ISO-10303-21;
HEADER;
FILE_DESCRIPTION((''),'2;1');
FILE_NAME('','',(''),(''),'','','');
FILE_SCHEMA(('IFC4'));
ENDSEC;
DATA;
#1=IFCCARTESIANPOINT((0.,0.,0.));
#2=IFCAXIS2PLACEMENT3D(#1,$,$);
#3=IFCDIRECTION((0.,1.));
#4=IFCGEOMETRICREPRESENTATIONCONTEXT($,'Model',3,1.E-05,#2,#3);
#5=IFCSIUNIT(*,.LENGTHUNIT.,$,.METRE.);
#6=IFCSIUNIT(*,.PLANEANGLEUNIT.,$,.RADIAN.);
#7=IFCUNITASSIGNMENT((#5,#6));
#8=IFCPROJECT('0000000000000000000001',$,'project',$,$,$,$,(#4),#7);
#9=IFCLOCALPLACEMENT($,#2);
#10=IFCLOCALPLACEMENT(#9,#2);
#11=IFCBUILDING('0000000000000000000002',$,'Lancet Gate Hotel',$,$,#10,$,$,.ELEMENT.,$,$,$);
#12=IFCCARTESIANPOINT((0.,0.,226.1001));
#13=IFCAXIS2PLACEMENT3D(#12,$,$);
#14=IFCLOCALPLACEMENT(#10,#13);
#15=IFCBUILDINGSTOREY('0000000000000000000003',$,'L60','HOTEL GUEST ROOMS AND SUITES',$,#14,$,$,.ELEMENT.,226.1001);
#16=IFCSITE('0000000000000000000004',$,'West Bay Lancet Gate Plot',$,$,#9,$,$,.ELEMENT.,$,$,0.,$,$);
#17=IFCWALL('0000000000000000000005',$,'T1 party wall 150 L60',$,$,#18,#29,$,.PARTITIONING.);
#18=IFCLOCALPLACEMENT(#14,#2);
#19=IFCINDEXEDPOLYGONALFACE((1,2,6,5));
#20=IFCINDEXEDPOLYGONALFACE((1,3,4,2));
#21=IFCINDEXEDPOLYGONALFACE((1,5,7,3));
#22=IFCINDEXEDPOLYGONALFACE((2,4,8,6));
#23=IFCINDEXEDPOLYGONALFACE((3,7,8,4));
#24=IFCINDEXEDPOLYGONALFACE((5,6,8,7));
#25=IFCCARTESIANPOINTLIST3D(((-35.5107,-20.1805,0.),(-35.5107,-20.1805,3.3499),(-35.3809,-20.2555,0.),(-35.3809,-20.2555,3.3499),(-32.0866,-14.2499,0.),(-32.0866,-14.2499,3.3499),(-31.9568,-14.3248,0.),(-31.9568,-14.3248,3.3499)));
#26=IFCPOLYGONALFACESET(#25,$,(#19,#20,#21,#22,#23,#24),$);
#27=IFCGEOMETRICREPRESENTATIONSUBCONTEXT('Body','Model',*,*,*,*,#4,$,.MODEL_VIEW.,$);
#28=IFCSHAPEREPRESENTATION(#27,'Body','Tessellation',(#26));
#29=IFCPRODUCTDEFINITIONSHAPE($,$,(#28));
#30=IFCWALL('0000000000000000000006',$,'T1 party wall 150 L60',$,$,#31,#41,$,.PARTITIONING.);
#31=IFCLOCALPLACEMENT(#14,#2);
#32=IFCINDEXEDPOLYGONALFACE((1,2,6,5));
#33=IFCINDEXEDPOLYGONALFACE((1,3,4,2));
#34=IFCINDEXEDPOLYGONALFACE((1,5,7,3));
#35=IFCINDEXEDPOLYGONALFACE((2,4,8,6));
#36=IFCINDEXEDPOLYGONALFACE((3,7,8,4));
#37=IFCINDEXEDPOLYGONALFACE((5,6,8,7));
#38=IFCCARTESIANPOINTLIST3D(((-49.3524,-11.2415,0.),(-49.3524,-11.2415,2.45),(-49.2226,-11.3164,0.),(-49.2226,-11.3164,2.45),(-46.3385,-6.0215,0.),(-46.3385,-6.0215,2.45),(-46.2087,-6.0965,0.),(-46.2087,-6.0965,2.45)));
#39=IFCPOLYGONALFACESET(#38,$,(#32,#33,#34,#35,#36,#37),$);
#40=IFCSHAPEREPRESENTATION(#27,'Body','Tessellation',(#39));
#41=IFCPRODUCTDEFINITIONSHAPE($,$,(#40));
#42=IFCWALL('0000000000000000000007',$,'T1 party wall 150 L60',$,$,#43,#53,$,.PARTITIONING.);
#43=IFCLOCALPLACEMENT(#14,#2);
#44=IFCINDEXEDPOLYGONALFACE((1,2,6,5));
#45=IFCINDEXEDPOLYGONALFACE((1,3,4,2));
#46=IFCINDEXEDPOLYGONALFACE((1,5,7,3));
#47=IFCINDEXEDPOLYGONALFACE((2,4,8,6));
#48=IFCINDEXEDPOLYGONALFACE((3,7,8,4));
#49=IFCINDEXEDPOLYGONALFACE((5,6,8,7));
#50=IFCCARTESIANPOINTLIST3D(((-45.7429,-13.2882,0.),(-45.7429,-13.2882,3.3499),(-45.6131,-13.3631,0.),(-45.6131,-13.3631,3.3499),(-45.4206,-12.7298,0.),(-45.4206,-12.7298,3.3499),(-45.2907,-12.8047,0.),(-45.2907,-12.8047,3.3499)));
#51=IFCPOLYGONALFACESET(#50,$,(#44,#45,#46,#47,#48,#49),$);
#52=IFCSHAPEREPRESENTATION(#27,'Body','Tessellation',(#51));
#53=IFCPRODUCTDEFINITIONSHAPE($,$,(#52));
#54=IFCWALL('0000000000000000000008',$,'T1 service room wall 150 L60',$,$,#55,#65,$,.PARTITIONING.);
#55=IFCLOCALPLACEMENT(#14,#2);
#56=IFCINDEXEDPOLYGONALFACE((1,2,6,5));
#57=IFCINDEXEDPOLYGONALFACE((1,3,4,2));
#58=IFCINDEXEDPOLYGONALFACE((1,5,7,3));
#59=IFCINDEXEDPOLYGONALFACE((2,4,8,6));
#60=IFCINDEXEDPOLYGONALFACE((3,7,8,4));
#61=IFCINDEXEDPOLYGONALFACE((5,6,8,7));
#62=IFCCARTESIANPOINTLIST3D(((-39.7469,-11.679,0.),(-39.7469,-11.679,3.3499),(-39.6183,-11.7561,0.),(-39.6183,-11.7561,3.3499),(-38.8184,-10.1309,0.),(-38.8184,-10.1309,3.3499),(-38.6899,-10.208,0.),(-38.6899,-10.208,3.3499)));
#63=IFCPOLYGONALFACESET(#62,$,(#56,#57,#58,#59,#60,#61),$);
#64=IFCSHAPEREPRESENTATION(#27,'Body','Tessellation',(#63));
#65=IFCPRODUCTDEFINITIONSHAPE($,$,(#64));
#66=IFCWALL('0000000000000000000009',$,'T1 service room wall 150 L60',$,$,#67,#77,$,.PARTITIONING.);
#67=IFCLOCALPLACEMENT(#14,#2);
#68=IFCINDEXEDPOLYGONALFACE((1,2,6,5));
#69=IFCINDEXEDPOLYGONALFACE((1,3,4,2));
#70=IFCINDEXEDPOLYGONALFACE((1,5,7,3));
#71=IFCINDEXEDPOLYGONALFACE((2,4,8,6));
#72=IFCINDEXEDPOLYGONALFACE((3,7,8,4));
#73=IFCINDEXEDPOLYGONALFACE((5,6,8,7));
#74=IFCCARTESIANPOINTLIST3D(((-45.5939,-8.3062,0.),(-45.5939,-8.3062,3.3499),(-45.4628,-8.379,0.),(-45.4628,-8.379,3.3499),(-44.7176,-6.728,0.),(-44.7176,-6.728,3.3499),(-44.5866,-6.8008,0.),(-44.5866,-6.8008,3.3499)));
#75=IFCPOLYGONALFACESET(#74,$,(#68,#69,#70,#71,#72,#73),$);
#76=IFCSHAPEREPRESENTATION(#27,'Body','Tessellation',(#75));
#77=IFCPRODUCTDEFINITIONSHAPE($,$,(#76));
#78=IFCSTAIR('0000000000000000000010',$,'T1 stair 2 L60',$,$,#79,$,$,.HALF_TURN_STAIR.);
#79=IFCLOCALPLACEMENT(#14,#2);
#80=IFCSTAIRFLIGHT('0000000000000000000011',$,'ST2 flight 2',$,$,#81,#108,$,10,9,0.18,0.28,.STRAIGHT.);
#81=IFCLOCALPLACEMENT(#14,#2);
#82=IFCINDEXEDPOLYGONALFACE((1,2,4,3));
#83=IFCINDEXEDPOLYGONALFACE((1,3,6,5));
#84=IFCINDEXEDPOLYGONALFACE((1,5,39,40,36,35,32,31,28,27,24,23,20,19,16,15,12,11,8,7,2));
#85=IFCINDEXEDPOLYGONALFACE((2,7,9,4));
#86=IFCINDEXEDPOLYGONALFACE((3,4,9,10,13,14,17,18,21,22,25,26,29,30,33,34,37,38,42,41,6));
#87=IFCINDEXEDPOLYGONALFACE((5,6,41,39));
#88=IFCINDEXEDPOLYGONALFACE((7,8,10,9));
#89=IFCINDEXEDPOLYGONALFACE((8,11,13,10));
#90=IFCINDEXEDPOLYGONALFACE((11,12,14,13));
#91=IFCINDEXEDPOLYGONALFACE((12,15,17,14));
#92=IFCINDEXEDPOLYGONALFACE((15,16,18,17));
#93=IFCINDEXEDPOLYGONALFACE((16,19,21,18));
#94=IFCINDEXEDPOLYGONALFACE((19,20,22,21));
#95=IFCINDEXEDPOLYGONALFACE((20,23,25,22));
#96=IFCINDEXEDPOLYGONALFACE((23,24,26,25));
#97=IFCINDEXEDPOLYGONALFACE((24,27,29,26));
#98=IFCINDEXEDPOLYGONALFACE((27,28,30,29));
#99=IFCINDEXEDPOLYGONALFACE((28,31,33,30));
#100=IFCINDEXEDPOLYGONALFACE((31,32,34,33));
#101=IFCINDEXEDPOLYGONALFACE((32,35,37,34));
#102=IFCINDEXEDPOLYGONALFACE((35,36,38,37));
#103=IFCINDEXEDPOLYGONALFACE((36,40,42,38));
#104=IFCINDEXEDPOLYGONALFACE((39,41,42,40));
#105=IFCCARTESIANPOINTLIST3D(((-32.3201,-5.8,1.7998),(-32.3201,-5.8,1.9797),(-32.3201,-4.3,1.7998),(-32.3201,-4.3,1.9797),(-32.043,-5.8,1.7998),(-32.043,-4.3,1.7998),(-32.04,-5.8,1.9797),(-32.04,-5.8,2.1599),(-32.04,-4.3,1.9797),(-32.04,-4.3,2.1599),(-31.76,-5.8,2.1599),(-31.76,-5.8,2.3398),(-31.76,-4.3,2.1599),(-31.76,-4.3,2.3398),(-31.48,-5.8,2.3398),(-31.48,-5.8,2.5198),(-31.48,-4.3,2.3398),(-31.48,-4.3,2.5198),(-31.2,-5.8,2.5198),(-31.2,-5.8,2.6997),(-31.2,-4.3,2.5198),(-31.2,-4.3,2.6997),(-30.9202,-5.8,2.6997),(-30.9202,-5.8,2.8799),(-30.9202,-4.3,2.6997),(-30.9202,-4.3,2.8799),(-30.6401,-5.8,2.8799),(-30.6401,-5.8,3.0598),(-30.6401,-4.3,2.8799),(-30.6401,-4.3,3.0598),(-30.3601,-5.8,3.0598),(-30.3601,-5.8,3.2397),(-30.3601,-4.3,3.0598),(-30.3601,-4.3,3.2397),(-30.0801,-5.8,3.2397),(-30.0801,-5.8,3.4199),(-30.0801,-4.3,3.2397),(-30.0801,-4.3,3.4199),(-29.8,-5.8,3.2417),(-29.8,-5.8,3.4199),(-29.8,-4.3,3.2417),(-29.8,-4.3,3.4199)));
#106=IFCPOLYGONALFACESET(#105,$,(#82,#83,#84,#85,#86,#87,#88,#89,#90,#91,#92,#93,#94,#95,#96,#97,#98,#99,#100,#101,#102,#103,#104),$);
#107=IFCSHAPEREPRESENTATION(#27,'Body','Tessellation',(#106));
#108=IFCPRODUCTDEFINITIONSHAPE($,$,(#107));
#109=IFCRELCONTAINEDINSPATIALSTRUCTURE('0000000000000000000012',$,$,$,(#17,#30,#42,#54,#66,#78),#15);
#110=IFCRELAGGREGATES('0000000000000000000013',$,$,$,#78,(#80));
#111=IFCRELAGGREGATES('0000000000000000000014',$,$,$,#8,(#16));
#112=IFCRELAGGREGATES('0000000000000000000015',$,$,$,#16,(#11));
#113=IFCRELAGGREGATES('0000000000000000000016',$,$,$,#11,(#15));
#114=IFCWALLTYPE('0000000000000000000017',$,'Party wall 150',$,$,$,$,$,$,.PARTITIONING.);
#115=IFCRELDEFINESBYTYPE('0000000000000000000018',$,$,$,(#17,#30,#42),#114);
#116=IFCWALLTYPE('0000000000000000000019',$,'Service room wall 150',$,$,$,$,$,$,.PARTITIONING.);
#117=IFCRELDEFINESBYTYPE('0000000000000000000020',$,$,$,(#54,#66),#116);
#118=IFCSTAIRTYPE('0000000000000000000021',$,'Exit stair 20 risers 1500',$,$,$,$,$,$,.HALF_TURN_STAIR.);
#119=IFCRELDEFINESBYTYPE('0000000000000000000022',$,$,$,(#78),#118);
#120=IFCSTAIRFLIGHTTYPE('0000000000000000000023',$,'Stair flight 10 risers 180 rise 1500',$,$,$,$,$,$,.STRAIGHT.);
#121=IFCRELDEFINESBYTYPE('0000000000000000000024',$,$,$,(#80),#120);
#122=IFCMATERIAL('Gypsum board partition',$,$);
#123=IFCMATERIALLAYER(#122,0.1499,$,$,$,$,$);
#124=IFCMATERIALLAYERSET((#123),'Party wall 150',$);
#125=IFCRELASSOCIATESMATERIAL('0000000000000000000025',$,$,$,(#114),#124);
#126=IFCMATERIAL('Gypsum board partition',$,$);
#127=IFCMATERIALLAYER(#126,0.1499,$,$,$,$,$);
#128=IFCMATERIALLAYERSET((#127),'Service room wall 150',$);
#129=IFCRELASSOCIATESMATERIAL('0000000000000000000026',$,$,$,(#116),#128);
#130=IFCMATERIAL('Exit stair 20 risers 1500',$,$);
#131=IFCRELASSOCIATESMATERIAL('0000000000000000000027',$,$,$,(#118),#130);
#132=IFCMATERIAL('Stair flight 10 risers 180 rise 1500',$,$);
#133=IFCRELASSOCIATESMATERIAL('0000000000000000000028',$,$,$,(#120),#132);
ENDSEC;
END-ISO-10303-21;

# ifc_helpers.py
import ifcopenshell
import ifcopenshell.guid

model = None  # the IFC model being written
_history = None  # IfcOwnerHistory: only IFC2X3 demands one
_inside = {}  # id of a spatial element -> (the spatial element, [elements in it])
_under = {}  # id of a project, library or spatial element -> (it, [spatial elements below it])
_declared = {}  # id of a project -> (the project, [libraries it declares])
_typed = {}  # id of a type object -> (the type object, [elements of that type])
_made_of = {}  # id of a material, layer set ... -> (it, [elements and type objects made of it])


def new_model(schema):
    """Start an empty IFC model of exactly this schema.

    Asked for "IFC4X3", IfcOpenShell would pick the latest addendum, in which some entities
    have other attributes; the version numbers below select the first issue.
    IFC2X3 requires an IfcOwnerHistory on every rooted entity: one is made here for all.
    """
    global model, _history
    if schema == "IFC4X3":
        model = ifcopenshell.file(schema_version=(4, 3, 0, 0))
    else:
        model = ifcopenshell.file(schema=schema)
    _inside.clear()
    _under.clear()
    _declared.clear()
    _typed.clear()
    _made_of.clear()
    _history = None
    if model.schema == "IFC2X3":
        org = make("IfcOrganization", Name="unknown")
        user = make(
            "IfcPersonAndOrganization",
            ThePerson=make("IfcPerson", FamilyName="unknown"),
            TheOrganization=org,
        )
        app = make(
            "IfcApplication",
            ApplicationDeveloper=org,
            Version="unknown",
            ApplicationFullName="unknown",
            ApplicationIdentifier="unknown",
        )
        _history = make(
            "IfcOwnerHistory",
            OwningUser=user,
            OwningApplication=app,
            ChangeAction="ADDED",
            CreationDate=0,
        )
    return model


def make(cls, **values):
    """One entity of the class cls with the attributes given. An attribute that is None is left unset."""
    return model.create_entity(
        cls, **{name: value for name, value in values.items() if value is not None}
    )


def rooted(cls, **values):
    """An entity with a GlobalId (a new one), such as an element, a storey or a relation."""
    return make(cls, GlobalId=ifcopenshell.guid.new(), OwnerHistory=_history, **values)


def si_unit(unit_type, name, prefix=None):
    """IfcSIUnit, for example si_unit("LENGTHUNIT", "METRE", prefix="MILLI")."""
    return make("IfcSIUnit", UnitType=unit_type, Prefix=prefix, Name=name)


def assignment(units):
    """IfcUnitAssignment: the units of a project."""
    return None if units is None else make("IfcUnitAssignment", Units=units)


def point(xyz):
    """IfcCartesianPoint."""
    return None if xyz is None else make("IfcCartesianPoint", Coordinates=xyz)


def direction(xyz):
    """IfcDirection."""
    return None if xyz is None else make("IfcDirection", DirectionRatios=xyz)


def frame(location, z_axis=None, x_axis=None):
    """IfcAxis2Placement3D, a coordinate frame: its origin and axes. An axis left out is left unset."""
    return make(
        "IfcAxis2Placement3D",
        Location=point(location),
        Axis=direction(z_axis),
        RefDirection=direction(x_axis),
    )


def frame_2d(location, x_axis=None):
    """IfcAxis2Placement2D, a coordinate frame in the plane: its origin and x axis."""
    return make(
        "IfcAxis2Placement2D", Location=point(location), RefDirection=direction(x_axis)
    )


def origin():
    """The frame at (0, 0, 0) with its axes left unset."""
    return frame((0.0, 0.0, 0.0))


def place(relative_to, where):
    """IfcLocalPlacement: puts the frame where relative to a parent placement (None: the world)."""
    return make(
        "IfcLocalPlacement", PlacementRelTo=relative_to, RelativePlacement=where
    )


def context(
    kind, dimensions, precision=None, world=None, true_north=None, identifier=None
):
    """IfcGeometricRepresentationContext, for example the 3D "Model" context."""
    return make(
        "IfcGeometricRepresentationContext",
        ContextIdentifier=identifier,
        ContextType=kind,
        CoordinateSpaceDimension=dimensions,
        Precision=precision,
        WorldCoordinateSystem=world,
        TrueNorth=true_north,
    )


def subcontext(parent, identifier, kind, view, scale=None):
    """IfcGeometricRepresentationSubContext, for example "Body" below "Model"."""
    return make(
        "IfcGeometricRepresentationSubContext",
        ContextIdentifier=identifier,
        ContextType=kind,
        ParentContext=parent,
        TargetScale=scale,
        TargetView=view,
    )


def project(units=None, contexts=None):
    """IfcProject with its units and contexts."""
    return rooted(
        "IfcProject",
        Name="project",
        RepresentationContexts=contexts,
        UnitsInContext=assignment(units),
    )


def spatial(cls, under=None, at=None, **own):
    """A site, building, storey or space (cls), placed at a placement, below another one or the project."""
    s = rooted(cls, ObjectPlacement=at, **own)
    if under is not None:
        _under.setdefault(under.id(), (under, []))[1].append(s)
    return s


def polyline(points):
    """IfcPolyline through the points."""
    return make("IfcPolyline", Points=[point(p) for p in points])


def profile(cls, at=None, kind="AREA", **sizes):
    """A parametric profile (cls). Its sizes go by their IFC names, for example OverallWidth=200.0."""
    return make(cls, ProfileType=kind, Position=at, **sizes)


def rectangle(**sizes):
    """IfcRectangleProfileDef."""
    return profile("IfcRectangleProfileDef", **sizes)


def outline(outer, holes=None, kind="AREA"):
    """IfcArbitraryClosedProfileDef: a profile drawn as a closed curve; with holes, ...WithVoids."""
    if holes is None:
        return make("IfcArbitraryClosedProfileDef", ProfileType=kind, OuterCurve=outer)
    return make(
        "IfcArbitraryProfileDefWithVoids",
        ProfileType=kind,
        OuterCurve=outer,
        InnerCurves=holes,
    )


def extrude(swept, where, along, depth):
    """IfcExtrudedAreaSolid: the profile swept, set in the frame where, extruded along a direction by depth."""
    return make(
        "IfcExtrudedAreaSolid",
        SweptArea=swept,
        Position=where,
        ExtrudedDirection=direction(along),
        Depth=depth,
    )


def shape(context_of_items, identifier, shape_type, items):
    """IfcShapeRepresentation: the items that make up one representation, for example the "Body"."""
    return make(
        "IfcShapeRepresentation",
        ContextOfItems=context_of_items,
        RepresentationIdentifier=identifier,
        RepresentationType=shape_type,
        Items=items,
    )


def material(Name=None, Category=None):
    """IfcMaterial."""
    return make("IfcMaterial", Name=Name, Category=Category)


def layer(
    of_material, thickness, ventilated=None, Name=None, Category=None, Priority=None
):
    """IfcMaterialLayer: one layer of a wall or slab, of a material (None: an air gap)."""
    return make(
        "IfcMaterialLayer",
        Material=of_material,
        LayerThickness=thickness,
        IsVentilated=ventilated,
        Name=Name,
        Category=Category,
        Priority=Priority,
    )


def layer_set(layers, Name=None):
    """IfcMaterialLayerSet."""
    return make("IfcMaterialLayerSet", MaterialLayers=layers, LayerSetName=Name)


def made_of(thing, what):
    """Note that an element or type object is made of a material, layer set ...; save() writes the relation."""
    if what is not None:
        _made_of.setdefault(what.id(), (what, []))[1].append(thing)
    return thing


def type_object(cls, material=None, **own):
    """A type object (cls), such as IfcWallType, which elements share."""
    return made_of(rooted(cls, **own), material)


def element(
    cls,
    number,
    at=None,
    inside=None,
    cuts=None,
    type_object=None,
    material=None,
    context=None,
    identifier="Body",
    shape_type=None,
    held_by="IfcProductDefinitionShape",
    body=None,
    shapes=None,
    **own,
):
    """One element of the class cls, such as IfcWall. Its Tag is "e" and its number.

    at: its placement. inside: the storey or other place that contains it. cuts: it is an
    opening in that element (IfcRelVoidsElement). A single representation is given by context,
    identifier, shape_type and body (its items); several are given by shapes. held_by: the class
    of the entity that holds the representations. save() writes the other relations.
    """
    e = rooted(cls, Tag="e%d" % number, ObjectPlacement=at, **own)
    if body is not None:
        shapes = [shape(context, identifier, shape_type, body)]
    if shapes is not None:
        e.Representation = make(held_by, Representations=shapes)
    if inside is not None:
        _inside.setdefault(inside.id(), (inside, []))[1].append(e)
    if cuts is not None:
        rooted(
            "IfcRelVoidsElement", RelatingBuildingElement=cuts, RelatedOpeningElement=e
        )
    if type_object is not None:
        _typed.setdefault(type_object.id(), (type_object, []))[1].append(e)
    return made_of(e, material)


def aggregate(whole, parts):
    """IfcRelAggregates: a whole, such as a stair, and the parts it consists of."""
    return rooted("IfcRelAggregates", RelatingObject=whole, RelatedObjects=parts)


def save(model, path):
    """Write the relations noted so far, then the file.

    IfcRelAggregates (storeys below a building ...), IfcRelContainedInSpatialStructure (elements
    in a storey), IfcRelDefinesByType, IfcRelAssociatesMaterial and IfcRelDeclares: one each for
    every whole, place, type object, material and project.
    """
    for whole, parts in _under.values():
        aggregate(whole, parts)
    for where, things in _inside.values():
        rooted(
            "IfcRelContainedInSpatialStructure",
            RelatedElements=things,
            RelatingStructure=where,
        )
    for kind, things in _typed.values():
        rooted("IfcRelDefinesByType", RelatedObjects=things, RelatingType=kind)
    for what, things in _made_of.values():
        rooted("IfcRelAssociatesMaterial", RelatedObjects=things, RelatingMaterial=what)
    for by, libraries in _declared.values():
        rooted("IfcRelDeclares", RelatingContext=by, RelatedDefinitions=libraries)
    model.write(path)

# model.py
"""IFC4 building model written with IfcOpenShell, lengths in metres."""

from ifc_helpers import new_model, si_unit, direction, frame, frame_2d, origin, place, context, subcontext, project, spatial, polyline, rectangle, outline, extrude, material, layer, layer_set, type_object, element, aggregate, save


model = new_model("IFC4")

# Units and contexts
model_context = context("Model", 3, precision=1e-05, world=origin(), true_north=direction((0.0, 1.0)))
body_context = subcontext(model_context, "Body", "Model", "MODEL_VIEW")
ifc_project = project(units=[si_unit("LENGTHUNIT", "METRE"), si_unit("PLANEANGLEUNIT", "RADIAN")], contexts=[model_context])

# Site, building, storey
site_placement = place(None, origin())
site = spatial("IfcSite", under=ifc_project, at=site_placement, Name="West Bay Lancet Gate Plot", CompositionType="ELEMENT", RefElevation=0.0)
building_placement = place(site_placement, origin())
building = spatial("IfcBuilding", under=site, at=building_placement, Name="Lancet Gate Hotel", CompositionType="ELEMENT")
storey_placement = place(building_placement, frame((0.0, 0.0, 226.1001)))
storey = spatial("IfcBuildingStorey", under=building, at=storey_placement, Name="L60", Description="HOTEL GUEST ROOMS AND SUITES", CompositionType="ELEMENT", Elevation=226.1001)

# Walls
ifc_material_1 = material(Name="Gypsum board partition")
ifc_layer_1 = layer(ifc_material_1, 0.1499)
ifc_layer_set_1 = layer_set([ifc_layer_1], Name="Party wall 150")
wall_type_1 = type_object("IfcWallType", Name="Party wall 150", PredefinedType="PARTITIONING", material=ifc_layer_set_1)
wall_1_placement = place(storey_placement, frame((-32.0217, -14.2874, 0.0), z_axis=(0.0, 0.0, 1.0), x_axis=(-0.5, -0.866025, 0.0)))
element("IfcWall", 1, at=wall_1_placement, inside=storey, type_object=wall_type_1, Name="T1 party wall 150 L60", PredefinedType="PARTITIONING", context=body_context, shape_type="SweptSolid", body=[
    extrude(rectangle(XDim=6.8481, YDim=0.1499, at=frame_2d((3.4241, 0.0))), origin(), (0.0, 0.0, 1.0), 3.3499),
])
wall_2_placement = place(storey_placement, frame((-46.2737, -6.0591, 0.0), z_axis=(0.0, 0.0, 1.0), x_axis=(-0.50002, -0.866014, 0.0)))
element("IfcWall", 2, at=wall_2_placement, inside=storey, type_object=wall_type_1, Name="T1 party wall 150 L60", PredefinedType="PARTITIONING", context=body_context, shape_type="SweptSolid", body=[
    extrude(rectangle(XDim=6.0276, YDim=0.1499, at=frame_2d((3.0137, 0.0))), origin(), (0.0, 0.0, 1.0), 2.45),
])
wall_3_placement = place(storey_placement, frame((-45.3557, -12.7673, 0.0), z_axis=(0.0, 0.0, 1.0), x_axis=(-0.499886, -0.866091, 0.0)))
element("IfcWall", 3, at=wall_3_placement, inside=storey, type_object=wall_type_1, Name="T1 party wall 150 L60", PredefinedType="PARTITIONING", context=body_context, shape_type="SweptSolid", body=[
    extrude(rectangle(XDim=0.6448, YDim=0.1499, at=frame_2d((0.3223, 0.0))), origin(), (0.0, 0.0, 1.0), 3.3499),
])
ifc_material_2 = material(Name="Gypsum board partition")
ifc_layer_2 = layer(ifc_material_2, 0.1499)
ifc_layer_set_2 = layer_set([ifc_layer_2], Name="Service room wall 150")
wall_type_2 = type_object("IfcWallType", Name="Service room wall 150", PredefinedType="PARTITIONING", material=ifc_layer_set_2)
for number, where, z_axis, x_axis, name in (
    (4, (-39.6826, -11.7175, 0.0), (0.0, 0.0, 1.0), (0.514337, 0.857588, 0.0), "T1 service room wall 150 L60"),
    (5, (-44.6521, -6.7644, 0.0), (0.0, 0.0, 1.0), (-0.485425, -0.874278, 0.0), "T1 service room wall 150 L60"),
):
    element("IfcWall", number, at=place(storey_placement, frame(where, z_axis=z_axis, x_axis=x_axis)), inside=storey, type_object=wall_type_2, Name=name, PredefinedType="PARTITIONING", context=body_context, shape_type="SweptSolid", body=[
        extrude(rectangle(XDim=1.8052, YDim=0.1499, at=frame_2d((0.9026, 0.0))), origin(), (0.0, 0.0, 1.0), 3.3499),
    ])

# Stair, stair flight
ifc_material_3 = material(Name="Exit stair 20 risers 1500")
stair_type = type_object("IfcStairType", Name="Exit stair 20 risers 1500", PredefinedType="HALF_TURN_STAIR", material=ifc_material_3)
stair_placement = place(storey_placement, origin())
stair = element("IfcStair", 6, at=stair_placement, inside=storey, type_object=stair_type, Name="T1 stair 2 L60", PredefinedType="HALF_TURN_STAIR")
ifc_material_4 = material(Name="Stair flight 10 risers 180 rise 1500")
stair_flight_type = type_object("IfcStairFlightType", Name="Stair flight 10 risers 180 rise 1500", PredefinedType="STRAIGHT", material=ifc_material_4)
stair_flight_placement = place(storey_placement, frame((-32.3201, -5.05, 1.7998), z_axis=(0.0, 0.0, 1.0), x_axis=(1.0, 0.0, 0.0)))
stair_flight = element("IfcStairFlight", 7, at=stair_flight_placement, type_object=stair_flight_type, Name="ST2 flight 2", NumberOfRisers=10, NumberOfTreads=9, PredefinedType="STRAIGHT", RiserHeight=0.18, TreadLength=0.28, context=body_context, shape_type="SweptSolid", body=[
    extrude(outline(polyline([(0.0, 0.0), (0.0, 0.1799), (0.28, 0.1799), (0.28, 0.3601), (0.5601, 0.3601), (0.5601, 0.54), (0.8401, 0.54), (0.8401, 0.72), (1.1201, 0.72), (1.1201, 0.8999), (1.3999, 0.8999), (1.3999, 1.0801), (1.6799, 1.0801), (1.6799, 1.26), (1.96, 1.26), (1.96, 1.4399), (2.24, 1.4399), (2.24, 1.6201), (2.52, 1.6201), (2.52, 1.8), (2.52, 1.4419), (0.2771, 0.0), (0.0, 0.0)])), frame((0.0, 0.75, 0.0), z_axis=(0.0, -1.0, 0.0), x_axis=(1.0, 0.0, 0.0)), (0.0, 0.0, 1.0), 1.5),
])
aggregate(stair, [stair_flight])

save(model, "model.ifc")
